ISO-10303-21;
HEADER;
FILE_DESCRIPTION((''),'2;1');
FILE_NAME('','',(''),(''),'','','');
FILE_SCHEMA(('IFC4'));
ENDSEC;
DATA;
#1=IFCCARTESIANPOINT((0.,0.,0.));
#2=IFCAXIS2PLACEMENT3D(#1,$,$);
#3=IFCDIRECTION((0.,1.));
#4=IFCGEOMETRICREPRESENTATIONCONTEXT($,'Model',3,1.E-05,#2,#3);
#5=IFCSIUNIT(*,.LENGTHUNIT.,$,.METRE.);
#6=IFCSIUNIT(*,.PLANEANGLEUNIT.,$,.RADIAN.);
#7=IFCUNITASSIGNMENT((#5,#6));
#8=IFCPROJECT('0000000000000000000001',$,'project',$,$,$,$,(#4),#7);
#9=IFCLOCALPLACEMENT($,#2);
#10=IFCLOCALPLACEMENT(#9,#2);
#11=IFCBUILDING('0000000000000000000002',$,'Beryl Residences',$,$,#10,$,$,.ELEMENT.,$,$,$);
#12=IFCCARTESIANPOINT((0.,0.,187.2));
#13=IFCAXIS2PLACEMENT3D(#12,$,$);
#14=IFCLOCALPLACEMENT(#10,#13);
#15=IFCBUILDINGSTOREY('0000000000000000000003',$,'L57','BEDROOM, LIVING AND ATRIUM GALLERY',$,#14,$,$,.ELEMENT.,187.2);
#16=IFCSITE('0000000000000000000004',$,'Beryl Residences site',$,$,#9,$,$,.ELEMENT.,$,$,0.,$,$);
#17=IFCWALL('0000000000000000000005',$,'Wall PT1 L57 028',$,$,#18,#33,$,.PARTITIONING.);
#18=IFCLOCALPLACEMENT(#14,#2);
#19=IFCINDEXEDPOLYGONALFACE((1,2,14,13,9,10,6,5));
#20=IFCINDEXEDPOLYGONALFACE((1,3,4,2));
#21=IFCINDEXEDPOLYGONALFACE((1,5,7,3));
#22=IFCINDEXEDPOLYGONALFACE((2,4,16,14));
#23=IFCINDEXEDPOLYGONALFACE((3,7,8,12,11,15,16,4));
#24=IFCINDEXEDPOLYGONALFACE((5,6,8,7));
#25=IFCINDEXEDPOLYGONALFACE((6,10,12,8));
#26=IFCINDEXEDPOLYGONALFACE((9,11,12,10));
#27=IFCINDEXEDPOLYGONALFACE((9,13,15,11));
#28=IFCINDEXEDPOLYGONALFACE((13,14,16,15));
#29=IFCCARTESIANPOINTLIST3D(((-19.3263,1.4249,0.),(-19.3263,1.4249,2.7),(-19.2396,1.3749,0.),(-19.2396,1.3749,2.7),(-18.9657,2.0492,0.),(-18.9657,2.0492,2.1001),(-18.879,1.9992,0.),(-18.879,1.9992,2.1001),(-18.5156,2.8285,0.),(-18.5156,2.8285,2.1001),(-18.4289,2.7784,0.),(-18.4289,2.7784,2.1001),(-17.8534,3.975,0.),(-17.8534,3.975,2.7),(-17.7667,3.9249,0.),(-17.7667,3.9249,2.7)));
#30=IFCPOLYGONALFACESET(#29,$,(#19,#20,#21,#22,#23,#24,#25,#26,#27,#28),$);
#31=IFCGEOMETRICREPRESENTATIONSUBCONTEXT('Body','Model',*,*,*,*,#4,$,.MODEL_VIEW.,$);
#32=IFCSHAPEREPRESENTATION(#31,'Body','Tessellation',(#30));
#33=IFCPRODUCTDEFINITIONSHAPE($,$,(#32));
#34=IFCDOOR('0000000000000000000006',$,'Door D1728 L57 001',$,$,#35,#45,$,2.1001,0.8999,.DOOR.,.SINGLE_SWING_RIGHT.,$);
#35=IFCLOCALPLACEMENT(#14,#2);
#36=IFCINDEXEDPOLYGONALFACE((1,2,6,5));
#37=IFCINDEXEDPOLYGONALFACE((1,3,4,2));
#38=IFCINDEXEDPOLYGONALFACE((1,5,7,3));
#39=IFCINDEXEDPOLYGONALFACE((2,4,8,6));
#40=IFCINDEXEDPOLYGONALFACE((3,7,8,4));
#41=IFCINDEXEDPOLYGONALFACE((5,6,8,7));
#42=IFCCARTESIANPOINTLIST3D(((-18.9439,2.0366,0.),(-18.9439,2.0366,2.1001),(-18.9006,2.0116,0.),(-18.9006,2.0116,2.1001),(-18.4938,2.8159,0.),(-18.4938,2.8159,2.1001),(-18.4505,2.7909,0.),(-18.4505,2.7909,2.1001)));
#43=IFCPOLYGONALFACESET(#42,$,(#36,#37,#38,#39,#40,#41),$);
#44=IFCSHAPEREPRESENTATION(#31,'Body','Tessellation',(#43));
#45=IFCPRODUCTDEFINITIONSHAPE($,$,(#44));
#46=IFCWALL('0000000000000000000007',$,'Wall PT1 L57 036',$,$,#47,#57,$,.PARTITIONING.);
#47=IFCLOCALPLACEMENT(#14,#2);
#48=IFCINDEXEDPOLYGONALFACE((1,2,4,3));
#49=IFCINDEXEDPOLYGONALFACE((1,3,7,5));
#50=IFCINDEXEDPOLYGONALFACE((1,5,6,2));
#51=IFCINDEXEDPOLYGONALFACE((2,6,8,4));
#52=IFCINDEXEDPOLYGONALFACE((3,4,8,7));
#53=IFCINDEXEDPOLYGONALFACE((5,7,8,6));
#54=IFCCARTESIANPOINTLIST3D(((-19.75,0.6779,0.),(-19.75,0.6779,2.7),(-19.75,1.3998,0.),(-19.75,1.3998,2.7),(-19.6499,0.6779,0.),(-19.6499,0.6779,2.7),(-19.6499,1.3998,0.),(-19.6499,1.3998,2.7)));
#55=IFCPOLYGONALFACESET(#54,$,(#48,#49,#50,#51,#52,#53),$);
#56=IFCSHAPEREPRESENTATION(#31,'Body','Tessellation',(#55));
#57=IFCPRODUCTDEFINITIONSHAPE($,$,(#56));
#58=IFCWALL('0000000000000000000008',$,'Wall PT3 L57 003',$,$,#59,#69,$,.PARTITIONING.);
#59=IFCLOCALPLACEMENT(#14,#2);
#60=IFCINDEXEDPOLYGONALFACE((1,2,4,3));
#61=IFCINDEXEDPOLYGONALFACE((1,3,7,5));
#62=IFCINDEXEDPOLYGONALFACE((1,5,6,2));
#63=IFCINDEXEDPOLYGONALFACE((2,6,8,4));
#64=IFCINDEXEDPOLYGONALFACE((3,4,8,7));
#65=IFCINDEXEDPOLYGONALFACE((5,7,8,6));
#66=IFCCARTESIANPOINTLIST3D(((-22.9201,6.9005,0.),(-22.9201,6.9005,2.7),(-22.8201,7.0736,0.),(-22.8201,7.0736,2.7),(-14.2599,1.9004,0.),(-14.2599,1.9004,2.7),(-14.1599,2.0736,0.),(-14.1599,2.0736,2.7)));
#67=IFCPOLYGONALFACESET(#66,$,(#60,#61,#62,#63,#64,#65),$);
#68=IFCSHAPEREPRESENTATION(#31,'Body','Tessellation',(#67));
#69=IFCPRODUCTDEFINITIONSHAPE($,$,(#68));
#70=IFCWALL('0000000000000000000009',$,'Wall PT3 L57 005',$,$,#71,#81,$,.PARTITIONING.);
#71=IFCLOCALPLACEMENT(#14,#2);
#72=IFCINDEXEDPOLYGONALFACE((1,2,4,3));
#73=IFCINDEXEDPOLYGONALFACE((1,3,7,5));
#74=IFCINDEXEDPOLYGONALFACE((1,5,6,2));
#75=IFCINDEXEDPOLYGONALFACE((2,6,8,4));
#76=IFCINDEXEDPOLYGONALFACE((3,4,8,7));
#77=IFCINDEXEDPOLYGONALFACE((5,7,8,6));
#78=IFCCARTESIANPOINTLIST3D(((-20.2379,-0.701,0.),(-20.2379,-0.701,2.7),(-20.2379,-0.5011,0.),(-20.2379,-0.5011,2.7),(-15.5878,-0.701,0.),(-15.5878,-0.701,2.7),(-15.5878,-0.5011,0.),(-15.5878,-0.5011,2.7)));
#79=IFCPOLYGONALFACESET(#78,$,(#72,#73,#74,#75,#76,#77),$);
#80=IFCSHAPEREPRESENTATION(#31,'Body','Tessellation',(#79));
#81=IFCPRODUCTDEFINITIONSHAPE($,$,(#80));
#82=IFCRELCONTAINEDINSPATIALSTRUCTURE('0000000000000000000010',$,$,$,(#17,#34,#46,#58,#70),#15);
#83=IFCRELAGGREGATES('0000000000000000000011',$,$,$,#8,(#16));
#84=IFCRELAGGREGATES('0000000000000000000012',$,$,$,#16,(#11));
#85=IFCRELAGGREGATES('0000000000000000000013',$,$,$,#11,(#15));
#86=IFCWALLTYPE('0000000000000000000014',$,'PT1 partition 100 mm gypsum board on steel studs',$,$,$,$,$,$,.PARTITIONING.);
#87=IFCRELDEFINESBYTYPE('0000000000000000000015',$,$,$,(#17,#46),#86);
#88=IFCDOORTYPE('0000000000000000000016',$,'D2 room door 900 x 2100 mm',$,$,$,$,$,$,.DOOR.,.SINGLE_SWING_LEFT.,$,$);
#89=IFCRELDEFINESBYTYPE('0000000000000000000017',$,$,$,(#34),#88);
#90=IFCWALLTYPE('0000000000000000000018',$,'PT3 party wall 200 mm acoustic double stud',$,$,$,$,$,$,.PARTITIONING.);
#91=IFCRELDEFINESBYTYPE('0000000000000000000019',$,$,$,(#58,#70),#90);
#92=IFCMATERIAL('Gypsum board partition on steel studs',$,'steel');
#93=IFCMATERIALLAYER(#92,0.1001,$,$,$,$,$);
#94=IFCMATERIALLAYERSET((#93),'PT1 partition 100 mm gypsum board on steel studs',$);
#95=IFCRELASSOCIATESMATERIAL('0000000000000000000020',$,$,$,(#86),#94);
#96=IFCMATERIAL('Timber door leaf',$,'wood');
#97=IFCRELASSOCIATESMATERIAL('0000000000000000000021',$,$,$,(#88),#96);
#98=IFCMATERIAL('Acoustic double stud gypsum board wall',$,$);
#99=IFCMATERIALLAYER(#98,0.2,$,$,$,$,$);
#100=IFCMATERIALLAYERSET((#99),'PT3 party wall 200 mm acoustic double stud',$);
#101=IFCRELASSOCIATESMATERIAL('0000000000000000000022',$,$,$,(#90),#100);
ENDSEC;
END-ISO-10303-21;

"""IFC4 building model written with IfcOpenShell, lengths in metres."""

from ifc_helpers import new_model, si_unit, direction, frame, frame_2d, origin, place, context, subcontext, project, spatial, rectangle, extrude, material, layer, layer_set, type_object, element, fill, save


model = new_model("IFC4")

# Units and contexts
model_context = context("Model", 3, precision=1e-05, world=origin(), true_north=direction((0.0, 1.0)))
body_context = subcontext(model_context, "Body", "Model", "MODEL_VIEW")
ifc_project = project(units=[si_unit("LENGTHUNIT", "METRE"), si_unit("PLANEANGLEUNIT", "RADIAN")], contexts=[model_context])

# Site, building, storey
site_placement = place(None, origin())
site = spatial("IfcSite", under=ifc_project, at=site_placement, Name="Beryl Residences site", CompositionType="ELEMENT", RefElevation=0.0)
building_placement = place(site_placement, origin())
building = spatial("IfcBuilding", under=site, at=building_placement, Name="Beryl Residences", CompositionType="ELEMENT")
storey_placement = place(building_placement, frame((0.0, 0.0, 187.2)))
storey = spatial("IfcBuildingStorey", under=building, at=storey_placement, Name="L57", Description="BEDROOM, LIVING AND ATRIUM GALLERY", CompositionType="ELEMENT", Elevation=187.2)

# Shared definitions
ifc_material_1 = material(Name="Gypsum board partition on steel studs", Category="steel")
ifc_layer_1 = layer(ifc_material_1, 0.1001)
ifc_layer_set_1 = layer_set([ifc_layer_1], Name="PT1 partition 100 mm gypsum board on steel studs")
wall_type_1 = type_object("IfcWallType", Name="PT1 partition 100 mm gypsum board on steel studs", PredefinedType="PARTITIONING", material=ifc_layer_set_1)
ifc_material_2 = material(Name="Timber door leaf", Category="wood")
door_type = type_object("IfcDoorType", Name="D2 room door 900 x 2100 mm", OperationType="SINGLE_SWING_LEFT", PredefinedType="DOOR", material=ifc_material_2)

# Wall, opening, door
wall_1_placement = place(storey_placement, frame((-19.283, 1.3999, 0.0), z_axis=(0.0, 0.0, 1.0), x_axis=(0.50016, 0.865933, 0.0)))
wall_1 = element("IfcWall", 1, at=wall_1_placement, inside=storey, type_object=wall_type_1, Name="Wall PT1 L57 028", PredefinedType="PARTITIONING", context=body_context, shape_type="SweptSolid", body=[
    extrude(rectangle(XDim=2.9448, YDim=0.1001, at=frame_2d((1.4724, 0.0))), origin(), (0.0, 0.0, 1.0), 2.7),
])
opening_1_placement = place(wall_1_placement, frame((0.7209, 0.0, 0.0)))
opening_1 = element("IfcOpeningElement", 2, at=opening_1_placement, cuts=wall_1, PredefinedType="OPENING", context=body_context, shape_type="SweptSolid", body=[
    extrude(rectangle(XDim=0.8999, YDim=2.1001, at=frame_2d((0.45, 1.05))), frame((0.0, 0.0601, 0.0), z_axis=(0.0, -1.0, 0.0), x_axis=(1.0, 0.0, 0.0)), (0.0, 0.0, 1.0), 0.1201),
])
door_1_placement = place(opening_1_placement, origin())
door_1 = element("IfcDoor", 3, at=door_1_placement, inside=storey, type_object=door_type, Name="Door D1728 L57 001", OperationType="SINGLE_SWING_RIGHT", OverallHeight=2.1001, OverallWidth=0.8999, PredefinedType="DOOR", context=body_context, shape_type="SweptSolid", body=[
    extrude(rectangle(XDim=0.8999, YDim=2.1001, at=frame_2d((0.45, 1.05))), frame((0.0, 0.0249, 0.0), z_axis=(0.0, -1.0, 0.0), x_axis=(1.0, 0.0, 0.0)), (0.0, 0.0, 1.0), 0.05),
])
fill(opening_1, door_1)

# Walls
wall_2_placement = place(storey_placement, frame((-19.7, 0.678, 0.0), z_axis=(0.0, 0.0, 1.0), x_axis=(0.0, 1.0, 0.0)))
element("IfcWall", 4, at=wall_2_placement, inside=storey, type_object=wall_type_1, Name="Wall PT1 L57 036", PredefinedType="PARTITIONING", context=body_context, shape_type="SweptSolid", body=[
    extrude(rectangle(XDim=0.7219, YDim=0.1001, at=frame_2d((0.3608, 0.0))), origin(), (0.0, 0.0, 1.0), 2.7),
])
ifc_material_3 = material(Name="Acoustic double stud gypsum board wall")
ifc_layer_2 = layer(ifc_material_3, 0.2)
ifc_layer_set_2 = layer_set([ifc_layer_2], Name="PT3 party wall 200 mm acoustic double stud")
wall_type_2 = type_object("IfcWallType", Name="PT3 party wall 200 mm acoustic double stud", PredefinedType="PARTITIONING", material=ifc_layer_set_2)
wall_3_placement = place(storey_placement, frame((-22.8701, 6.9871, 0.0), z_axis=(0.0, 0.0, 1.0), x_axis=(0.866023, -0.500004, 0.0)))
element("IfcWall", 5, at=wall_3_placement, inside=storey, type_object=wall_type_2, Name="Wall PT3 L57 003", PredefinedType="PARTITIONING", context=body_context, shape_type="SweptSolid", body=[
    extrude(rectangle(XDim=10.0, YDim=0.2, at=frame_2d((5.0, 0.0))), origin(), (0.0, 0.0, 1.0), 2.7),
])
wall_4_placement = place(storey_placement, frame((-20.238, -0.6011, 0.0), z_axis=(0.0, 0.0, 1.0), x_axis=(1.0, 0.0, 0.0)))
element("IfcWall", 6, at=wall_4_placement, inside=storey, type_object=wall_type_2, Name="Wall PT3 L57 005", PredefinedType="PARTITIONING", context=body_context, shape_type="SweptSolid", body=[
    extrude(rectangle(XDim=4.6501, YDim=0.2, at=frame_2d((2.3252, 0.0))), origin(), (0.0, 0.0, 1.0), 2.7),
])

save(model, "model.ifc")
